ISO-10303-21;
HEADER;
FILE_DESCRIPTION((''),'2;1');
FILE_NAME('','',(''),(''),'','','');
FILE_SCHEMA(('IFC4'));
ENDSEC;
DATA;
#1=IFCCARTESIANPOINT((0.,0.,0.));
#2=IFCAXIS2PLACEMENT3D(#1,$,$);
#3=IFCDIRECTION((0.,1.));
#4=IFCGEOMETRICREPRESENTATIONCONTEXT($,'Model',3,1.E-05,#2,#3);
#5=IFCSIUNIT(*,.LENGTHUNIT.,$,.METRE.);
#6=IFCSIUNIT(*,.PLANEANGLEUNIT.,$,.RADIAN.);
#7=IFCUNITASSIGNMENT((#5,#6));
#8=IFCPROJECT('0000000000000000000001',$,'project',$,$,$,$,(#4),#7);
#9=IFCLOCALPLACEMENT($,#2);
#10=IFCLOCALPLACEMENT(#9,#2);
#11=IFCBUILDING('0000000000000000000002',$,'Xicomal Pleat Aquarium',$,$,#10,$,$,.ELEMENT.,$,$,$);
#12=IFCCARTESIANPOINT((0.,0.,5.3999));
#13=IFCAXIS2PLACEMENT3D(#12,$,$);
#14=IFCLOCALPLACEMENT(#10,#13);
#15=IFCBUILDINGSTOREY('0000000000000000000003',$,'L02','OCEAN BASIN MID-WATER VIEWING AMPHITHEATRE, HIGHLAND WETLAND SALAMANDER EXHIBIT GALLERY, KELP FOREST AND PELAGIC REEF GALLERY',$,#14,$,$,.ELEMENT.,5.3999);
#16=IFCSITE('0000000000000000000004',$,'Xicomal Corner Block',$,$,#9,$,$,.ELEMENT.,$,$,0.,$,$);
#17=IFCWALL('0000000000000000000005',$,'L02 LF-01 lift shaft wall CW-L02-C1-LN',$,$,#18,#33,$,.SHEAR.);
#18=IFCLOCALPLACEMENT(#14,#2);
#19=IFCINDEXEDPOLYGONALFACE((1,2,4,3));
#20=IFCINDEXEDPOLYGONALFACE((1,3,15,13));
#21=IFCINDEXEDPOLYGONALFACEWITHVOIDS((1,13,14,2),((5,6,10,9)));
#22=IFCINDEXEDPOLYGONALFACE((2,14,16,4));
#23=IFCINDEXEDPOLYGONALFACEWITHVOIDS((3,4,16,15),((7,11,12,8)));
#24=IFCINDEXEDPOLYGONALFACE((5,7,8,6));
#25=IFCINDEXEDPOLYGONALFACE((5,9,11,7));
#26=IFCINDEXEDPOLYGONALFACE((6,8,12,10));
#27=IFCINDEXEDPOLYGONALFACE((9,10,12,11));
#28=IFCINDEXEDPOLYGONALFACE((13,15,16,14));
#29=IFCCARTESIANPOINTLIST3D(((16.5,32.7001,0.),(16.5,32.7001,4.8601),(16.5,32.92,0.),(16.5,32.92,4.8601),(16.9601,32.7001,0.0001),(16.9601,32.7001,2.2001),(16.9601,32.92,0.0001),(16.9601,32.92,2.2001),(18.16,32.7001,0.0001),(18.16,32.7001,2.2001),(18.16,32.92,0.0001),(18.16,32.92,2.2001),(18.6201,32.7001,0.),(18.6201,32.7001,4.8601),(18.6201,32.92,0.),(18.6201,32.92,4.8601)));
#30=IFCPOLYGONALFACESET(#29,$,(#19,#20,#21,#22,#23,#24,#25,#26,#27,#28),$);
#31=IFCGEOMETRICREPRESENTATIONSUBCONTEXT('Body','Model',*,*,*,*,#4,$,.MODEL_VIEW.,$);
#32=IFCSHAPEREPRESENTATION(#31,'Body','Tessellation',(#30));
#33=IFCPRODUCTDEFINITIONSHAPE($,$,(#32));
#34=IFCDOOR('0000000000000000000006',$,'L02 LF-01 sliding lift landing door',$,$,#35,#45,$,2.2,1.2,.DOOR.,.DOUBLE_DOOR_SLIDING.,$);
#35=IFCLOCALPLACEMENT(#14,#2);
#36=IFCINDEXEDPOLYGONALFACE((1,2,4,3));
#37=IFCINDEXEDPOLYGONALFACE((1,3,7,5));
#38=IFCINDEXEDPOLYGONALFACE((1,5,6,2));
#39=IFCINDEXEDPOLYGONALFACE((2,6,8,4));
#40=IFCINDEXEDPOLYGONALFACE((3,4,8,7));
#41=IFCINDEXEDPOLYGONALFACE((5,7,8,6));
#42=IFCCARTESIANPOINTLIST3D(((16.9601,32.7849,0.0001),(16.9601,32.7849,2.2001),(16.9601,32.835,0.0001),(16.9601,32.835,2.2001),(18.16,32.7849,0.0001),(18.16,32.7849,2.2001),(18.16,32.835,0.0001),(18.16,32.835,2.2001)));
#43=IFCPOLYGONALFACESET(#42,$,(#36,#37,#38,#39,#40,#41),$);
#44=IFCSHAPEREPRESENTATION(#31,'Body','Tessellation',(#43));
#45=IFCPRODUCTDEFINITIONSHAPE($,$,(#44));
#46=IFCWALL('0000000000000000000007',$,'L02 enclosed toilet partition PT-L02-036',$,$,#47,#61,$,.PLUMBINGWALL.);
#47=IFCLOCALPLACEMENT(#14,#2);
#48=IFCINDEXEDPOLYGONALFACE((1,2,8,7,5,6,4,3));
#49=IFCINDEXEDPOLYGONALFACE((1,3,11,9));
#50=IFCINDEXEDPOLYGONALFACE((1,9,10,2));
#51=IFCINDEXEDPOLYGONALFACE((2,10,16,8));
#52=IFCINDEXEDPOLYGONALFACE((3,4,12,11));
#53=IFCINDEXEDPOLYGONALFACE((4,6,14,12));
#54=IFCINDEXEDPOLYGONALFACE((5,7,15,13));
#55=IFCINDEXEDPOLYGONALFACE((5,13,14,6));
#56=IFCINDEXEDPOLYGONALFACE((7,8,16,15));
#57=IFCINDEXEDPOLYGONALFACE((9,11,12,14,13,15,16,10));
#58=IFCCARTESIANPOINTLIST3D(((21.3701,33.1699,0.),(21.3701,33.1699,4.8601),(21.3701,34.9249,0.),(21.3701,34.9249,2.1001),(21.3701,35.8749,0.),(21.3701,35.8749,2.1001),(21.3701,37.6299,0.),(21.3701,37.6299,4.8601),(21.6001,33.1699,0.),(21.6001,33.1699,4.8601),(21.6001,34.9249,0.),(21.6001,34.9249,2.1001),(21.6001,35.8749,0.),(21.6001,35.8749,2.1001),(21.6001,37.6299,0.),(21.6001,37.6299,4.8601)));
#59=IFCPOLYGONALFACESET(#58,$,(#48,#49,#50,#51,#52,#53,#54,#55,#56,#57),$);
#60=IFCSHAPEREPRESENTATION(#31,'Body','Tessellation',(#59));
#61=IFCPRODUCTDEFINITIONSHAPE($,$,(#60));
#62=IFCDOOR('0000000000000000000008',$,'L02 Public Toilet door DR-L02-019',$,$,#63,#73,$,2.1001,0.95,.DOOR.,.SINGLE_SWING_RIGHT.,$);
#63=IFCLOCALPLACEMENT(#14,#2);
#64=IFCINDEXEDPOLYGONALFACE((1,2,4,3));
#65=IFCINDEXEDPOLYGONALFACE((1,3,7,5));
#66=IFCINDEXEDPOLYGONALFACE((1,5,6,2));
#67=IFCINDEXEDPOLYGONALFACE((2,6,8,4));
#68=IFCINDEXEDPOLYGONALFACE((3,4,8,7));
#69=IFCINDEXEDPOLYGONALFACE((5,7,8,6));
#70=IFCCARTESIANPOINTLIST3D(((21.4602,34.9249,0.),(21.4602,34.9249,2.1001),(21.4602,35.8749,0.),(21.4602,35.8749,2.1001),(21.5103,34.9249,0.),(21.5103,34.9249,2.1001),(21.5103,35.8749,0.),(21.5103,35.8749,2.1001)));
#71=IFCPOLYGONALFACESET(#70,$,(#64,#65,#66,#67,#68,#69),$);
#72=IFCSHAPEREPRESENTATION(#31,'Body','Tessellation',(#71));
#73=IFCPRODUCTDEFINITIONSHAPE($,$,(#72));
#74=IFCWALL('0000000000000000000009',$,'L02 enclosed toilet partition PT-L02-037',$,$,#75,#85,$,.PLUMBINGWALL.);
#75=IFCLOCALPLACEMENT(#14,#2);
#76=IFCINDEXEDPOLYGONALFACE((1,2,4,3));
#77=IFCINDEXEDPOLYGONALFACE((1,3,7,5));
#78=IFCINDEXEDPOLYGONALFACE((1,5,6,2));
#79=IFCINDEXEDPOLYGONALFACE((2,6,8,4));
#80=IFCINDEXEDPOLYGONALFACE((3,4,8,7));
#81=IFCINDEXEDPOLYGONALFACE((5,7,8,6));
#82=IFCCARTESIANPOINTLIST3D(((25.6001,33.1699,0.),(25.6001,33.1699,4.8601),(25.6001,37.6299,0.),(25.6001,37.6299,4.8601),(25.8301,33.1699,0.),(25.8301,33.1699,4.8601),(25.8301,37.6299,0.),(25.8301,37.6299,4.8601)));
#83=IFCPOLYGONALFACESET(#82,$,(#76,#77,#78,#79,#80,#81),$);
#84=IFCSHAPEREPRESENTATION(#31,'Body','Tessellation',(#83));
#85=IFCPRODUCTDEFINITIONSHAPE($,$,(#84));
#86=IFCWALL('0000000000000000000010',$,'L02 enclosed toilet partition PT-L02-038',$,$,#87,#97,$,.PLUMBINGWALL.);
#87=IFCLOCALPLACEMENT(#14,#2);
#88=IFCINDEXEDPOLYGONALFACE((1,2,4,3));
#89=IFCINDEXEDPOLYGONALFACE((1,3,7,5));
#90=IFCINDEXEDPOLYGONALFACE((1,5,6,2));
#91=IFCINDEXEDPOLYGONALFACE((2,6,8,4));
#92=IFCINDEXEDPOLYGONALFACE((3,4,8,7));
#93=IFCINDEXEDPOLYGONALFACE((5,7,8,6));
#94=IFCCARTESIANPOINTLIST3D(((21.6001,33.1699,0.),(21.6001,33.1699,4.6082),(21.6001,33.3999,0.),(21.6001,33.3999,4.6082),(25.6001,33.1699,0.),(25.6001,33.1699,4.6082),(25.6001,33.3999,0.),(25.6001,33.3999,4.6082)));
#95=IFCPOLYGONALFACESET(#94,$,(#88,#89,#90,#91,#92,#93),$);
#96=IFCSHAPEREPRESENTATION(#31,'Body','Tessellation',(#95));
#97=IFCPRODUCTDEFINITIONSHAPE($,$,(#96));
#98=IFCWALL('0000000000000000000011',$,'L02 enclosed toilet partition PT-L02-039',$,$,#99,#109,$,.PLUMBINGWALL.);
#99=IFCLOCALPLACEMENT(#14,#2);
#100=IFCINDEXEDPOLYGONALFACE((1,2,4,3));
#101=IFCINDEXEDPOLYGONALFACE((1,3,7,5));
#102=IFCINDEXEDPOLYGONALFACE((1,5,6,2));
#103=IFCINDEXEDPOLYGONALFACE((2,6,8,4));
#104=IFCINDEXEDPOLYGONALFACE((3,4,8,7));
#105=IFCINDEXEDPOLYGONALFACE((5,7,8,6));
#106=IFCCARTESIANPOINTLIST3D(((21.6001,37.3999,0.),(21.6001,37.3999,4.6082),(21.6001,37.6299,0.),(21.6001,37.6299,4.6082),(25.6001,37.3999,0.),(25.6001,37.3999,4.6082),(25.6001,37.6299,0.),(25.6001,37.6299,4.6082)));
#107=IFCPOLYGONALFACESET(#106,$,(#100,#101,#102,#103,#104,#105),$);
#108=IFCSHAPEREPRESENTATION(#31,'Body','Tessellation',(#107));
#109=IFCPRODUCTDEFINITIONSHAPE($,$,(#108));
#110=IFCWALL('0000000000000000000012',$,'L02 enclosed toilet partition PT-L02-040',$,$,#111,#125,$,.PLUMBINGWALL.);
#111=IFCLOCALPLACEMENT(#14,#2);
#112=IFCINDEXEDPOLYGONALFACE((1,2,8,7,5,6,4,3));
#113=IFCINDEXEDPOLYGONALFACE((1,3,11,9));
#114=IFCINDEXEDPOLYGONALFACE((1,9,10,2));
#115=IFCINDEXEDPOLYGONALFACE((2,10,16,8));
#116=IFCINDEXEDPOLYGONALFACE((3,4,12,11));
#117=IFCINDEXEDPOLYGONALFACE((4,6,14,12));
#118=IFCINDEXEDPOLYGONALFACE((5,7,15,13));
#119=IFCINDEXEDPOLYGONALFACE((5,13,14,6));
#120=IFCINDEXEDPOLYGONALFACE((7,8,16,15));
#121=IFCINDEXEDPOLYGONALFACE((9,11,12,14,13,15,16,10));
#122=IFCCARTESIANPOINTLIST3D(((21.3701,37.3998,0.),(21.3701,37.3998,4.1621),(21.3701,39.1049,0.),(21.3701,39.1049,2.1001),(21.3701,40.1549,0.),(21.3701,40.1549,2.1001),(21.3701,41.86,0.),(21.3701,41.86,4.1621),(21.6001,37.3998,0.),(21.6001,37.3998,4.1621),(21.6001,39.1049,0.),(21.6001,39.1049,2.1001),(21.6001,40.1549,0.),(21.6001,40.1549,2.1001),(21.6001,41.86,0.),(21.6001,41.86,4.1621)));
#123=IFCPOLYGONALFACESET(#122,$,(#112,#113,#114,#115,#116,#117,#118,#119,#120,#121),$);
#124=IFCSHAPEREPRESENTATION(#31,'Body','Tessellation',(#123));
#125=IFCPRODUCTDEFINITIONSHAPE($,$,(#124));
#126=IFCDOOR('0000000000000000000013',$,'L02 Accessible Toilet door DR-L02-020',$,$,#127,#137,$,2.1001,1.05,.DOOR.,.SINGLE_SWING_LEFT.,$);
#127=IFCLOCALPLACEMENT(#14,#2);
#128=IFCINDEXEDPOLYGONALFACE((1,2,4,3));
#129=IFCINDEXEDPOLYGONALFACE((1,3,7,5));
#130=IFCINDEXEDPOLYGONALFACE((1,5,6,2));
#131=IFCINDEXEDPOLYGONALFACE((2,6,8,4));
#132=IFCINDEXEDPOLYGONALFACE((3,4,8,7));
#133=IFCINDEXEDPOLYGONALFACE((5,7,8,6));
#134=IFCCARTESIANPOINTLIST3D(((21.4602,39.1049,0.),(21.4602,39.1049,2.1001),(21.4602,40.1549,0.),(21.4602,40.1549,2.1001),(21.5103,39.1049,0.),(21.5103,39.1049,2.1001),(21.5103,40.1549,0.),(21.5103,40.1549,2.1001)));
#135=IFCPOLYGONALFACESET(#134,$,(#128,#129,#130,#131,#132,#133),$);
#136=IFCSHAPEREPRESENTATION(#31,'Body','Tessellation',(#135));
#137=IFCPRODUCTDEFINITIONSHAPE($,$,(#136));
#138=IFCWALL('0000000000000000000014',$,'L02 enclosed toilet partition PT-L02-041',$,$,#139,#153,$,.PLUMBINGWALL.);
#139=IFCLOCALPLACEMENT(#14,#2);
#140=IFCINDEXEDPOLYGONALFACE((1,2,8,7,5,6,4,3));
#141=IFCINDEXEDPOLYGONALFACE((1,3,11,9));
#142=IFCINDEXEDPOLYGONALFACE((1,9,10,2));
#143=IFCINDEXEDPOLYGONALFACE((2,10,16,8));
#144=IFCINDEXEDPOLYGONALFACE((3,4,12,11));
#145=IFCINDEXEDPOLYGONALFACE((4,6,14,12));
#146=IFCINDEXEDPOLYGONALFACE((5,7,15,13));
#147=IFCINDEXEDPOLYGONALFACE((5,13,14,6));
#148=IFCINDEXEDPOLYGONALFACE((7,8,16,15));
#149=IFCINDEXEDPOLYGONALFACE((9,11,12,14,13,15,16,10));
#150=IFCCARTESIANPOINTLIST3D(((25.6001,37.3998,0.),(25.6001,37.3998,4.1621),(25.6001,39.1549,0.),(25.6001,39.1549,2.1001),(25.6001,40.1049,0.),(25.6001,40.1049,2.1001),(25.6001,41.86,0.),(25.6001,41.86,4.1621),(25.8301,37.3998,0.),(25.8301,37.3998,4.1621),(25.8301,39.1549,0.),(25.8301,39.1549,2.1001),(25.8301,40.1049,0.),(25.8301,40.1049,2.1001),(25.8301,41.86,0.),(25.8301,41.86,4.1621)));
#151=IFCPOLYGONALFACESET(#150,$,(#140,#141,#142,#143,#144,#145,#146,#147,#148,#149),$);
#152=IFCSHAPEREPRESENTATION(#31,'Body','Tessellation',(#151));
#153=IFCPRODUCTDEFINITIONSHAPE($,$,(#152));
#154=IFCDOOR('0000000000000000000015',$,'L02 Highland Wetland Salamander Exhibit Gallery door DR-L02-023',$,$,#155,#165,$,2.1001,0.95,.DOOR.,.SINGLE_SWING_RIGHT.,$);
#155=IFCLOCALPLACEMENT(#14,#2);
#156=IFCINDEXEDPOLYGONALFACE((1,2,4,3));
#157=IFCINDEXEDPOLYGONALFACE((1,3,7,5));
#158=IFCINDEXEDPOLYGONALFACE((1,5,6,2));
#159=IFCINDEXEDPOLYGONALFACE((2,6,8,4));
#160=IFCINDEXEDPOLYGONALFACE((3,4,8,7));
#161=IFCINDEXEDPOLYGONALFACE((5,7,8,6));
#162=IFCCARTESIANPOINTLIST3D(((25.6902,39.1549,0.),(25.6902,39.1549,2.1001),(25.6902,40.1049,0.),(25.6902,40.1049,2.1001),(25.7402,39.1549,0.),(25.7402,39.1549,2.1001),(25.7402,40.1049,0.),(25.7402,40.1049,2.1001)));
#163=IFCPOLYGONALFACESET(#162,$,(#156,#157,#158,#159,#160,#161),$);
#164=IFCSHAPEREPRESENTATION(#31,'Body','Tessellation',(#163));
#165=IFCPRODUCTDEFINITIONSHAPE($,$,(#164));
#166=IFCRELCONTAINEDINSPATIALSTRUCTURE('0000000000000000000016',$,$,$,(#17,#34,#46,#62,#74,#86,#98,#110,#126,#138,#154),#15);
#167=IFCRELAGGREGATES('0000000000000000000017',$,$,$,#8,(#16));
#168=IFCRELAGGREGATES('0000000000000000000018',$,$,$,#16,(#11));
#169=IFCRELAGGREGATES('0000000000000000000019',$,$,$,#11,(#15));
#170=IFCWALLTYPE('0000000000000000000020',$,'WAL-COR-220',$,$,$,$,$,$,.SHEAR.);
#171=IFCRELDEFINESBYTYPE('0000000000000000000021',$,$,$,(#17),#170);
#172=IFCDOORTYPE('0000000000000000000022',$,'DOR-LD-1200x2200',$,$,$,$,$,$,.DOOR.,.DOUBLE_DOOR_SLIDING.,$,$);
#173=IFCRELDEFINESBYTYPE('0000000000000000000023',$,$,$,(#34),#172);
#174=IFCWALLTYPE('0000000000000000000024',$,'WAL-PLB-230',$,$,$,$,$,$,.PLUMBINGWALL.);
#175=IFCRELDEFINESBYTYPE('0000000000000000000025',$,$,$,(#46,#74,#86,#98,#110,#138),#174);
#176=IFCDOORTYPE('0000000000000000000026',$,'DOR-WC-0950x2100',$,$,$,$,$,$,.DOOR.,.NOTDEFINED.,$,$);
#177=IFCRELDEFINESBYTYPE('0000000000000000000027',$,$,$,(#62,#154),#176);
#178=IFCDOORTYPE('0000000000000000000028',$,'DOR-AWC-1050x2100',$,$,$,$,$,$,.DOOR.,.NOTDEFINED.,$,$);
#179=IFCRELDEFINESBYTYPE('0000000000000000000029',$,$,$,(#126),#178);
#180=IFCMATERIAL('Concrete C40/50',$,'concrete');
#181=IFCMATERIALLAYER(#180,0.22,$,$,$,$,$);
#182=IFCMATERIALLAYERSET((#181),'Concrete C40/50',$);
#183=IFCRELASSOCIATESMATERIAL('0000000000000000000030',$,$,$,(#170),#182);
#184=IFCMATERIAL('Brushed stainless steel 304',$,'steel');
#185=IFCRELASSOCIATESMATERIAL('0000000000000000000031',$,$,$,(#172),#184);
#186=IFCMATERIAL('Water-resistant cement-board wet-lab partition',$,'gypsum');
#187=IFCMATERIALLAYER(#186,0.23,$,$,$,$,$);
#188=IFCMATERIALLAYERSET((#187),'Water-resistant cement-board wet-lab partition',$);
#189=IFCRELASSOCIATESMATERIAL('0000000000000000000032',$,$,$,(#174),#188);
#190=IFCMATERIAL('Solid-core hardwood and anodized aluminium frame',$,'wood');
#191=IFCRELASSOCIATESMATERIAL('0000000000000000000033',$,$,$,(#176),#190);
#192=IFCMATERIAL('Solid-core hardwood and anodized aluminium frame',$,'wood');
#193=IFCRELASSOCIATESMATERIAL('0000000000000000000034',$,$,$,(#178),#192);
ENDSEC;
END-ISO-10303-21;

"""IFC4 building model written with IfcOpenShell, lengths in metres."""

from ifc_helpers import new_model, si_unit, direction, frame, frame_2d, origin, place, context, subcontext, project, spatial, rectangle, extrude, material, layer, layer_set, type_object, element, fill, save


model = new_model("IFC4")

# Units and contexts
model_context = context("Model", 3, precision=1e-05, world=origin(), true_north=direction((0.0, 1.0)))
body_context = subcontext(model_context, "Body", "Model", "MODEL_VIEW")
ifc_project = project(units=[si_unit("LENGTHUNIT", "METRE"), si_unit("PLANEANGLEUNIT", "RADIAN")], contexts=[model_context])

# Site, building, storey
site_placement = place(None, origin())
site = spatial("IfcSite", under=ifc_project, at=site_placement, Name="Xicomal Corner Block", CompositionType="ELEMENT", RefElevation=0.0)
building_placement = place(site_placement, origin())
building = spatial("IfcBuilding", under=site, at=building_placement, Name="Xicomal Pleat Aquarium", CompositionType="ELEMENT")
storey_placement = place(building_placement, frame((0.0, 0.0, 5.3999)))
storey = spatial("IfcBuildingStorey", under=building, at=storey_placement, Name="L02", Description="OCEAN BASIN MID-WATER VIEWING AMPHITHEATRE, HIGHLAND WETLAND SALAMANDER EXHIBIT GALLERY, KELP FOREST AND PELAGIC REEF GALLERY", CompositionType="ELEMENT", Elevation=5.3999)

# Walls, openings, doors
ifc_material_1 = material(Name="Concrete C40/50", Category="concrete")
ifc_layer_1 = layer(ifc_material_1, 0.22)
ifc_layer_set_1 = layer_set([ifc_layer_1], Name="Concrete C40/50")
wall_type_1 = type_object("IfcWallType", Name="WAL-COR-220", PredefinedType="SHEAR", material=ifc_layer_set_1)
wall_1_placement = place(storey_placement, frame((16.5, 32.8101, 0.0), z_axis=(0.0, 0.0, 1.0), x_axis=(1.0, 0.0, 0.0)))
wall_1 = element("IfcWall", 1, at=wall_1_placement, inside=storey, type_object=wall_type_1, Name="L02 LF-01 lift shaft wall CW-L02-C1-LN", PredefinedType="SHEAR", context=body_context, shape_type="SweptSolid", body=[
    extrude(rectangle(XDim=2.1201, YDim=0.22, at=frame_2d((1.0601, 0.0))), origin(), (0.0, 0.0, 1.0), 4.8601),
])
opening_1_placement = place(wall_1_placement, frame((0.46, 0.0, 0.0)))
opening_1 = element("IfcOpeningElement", 2, at=opening_1_placement, cuts=wall_1, PredefinedType="OPENING", context=body_context, shape_type="SweptSolid", body=[
    extrude(rectangle(XDim=1.2, YDim=2.2, at=frame_2d((0.6001, 1.1001))), frame((0.0, 0.1199, 0.0), z_axis=(0.0, -1.0, 0.0), x_axis=(1.0, 0.0, 0.0)), (0.0, 0.0, 1.0), 0.24),
])
ifc_material_2 = material(Name="Brushed stainless steel 304", Category="steel")
door_type_1 = type_object("IfcDoorType", Name="DOR-LD-1200x2200", OperationType="DOUBLE_DOOR_SLIDING", PredefinedType="DOOR", material=ifc_material_2)
door_1_placement = place(opening_1_placement, origin())
door_1 = element("IfcDoor", 3, at=door_1_placement, inside=storey, type_object=door_type_1, Name="L02 LF-01 sliding lift landing door", OperationType="DOUBLE_DOOR_SLIDING", OverallHeight=2.2, OverallWidth=1.2, PredefinedType="DOOR", context=body_context, shape_type="SweptSolid", body=[
    extrude(rectangle(XDim=1.2, YDim=2.2, at=frame_2d((0.6001, 1.1001))), frame((0.0, 0.0249, 0.0), z_axis=(0.0, -1.0, 0.0), x_axis=(1.0, 0.0, 0.0)), (0.0, 0.0, 1.0), 0.05),
])
fill(opening_1, door_1)
ifc_material_3 = material(Name="Water-resistant cement-board wet-lab partition", Category="gypsum")
ifc_layer_2 = layer(ifc_material_3, 0.23)
ifc_layer_set_2 = layer_set([ifc_layer_2], Name="Water-resistant cement-board wet-lab partition")
wall_type_2 = type_object("IfcWallType", Name="WAL-PLB-230", PredefinedType="PLUMBINGWALL", material=ifc_layer_set_2)
wall_2_placement = place(storey_placement, frame((21.4851, 33.1699, 0.0), z_axis=(0.0, 0.0, 1.0), x_axis=(0.0, 1.0, 0.0)))
wall_2 = element("IfcWall", 4, at=wall_2_placement, inside=storey, type_object=wall_type_2, Name="L02 enclosed toilet partition PT-L02-036", PredefinedType="PLUMBINGWALL", context=body_context, shape_type="SweptSolid", body=[
    extrude(rectangle(XDim=4.46, YDim=0.23, at=frame_2d((2.23, 0.0))), origin(), (0.0, 0.0, 1.0), 4.8601),
])
opening_2_placement = place(wall_2_placement, frame((1.7549, 0.0, 0.0)))
opening_2 = element("IfcOpeningElement", 5, at=opening_2_placement, cuts=wall_2, PredefinedType="OPENING", context=body_context, shape_type="SweptSolid", body=[
    extrude(rectangle(XDim=0.95, YDim=2.1001, at=frame_2d((0.4751, 1.05))), frame((0.0, 0.125, 0.0), z_axis=(0.0, -1.0, 0.0), x_axis=(1.0, 0.0, 0.0)), (0.0, 0.0, 1.0), 0.25),
])
ifc_material_4 = material(Name="Solid-core hardwood and anodized aluminium frame", Category="wood")
door_type_2 = type_object("IfcDoorType", Name="DOR-WC-0950x2100", OperationType="NOTDEFINED", PredefinedType="DOOR", material=ifc_material_4)
door_2_placement = place(opening_2_placement, origin())
door_2 = element("IfcDoor", 6, at=door_2_placement, inside=storey, type_object=door_type_2, Name="L02 Public Toilet door DR-L02-019", OperationType="SINGLE_SWING_RIGHT", OverallHeight=2.1001, OverallWidth=0.95, PredefinedType="DOOR", context=body_context, shape_type="SweptSolid", body=[
    extrude(rectangle(XDim=0.95, YDim=2.1001, at=frame_2d((0.4751, 1.05))), frame((0.0, 0.0249, 0.0), z_axis=(0.0, -1.0, 0.0), x_axis=(1.0, 0.0, 0.0)), (0.0, 0.0, 1.0), 0.05),
])
fill(opening_2, door_2)

# Walls
wall_3_placement = place(storey_placement, frame((25.7151, 33.1699, 0.0), z_axis=(0.0, 0.0, 1.0), x_axis=(0.0, 1.0, 0.0)))
element("IfcWall", 7, at=wall_3_placement, inside=storey, type_object=wall_type_2, Name="L02 enclosed toilet partition PT-L02-037", PredefinedType="PLUMBINGWALL", context=body_context, shape_type="SweptSolid", body=[
    extrude(rectangle(XDim=4.46, YDim=0.23, at=frame_2d((2.23, 0.0))), origin(), (0.0, 0.0, 1.0), 4.8601),
])
for number, where, z_axis, x_axis, name in (
    (8, (21.6001, 33.2849, 0.0), (0.0, 0.0, 1.0), (1.0, 0.0, 0.0), "L02 enclosed toilet partition PT-L02-038"),
    (9, (21.6001, 37.5149, 0.0), (0.0, 0.0, 1.0), (1.0, 0.0, 0.0), "L02 enclosed toilet partition PT-L02-039"),
):
    element("IfcWall", number, at=place(storey_placement, frame(where, z_axis=z_axis, x_axis=x_axis)), inside=storey, type_object=wall_type_2, Name=name, PredefinedType="PLUMBINGWALL", context=body_context, shape_type="SweptSolid", body=[
        extrude(rectangle(XDim=4.0, YDim=0.23, at=frame_2d((2.0, 0.0))), origin(), (0.0, 0.0, 1.0), 4.6082),
    ])

# Walls, openings, doors
wall_4_placement = place(storey_placement, frame((21.4851, 37.3999, 0.0), z_axis=(0.0, 0.0, 1.0), x_axis=(0.0, 1.0, 0.0)))
wall_4 = element("IfcWall", 10, at=wall_4_placement, inside=storey, type_object=wall_type_2, Name="L02 enclosed toilet partition PT-L02-040", PredefinedType="PLUMBINGWALL", context=body_context, shape_type="SweptSolid", body=[
    extrude(rectangle(XDim=4.4602, YDim=0.23, at=frame_2d((2.23, 0.0))), origin(), (0.0, 0.0, 1.0), 4.1621),
])
opening_3_placement = place(wall_4_placement, frame((1.7051, 0.0, 0.0)))
opening_3 = element("IfcOpeningElement", 11, at=opening_3_placement, cuts=wall_4, PredefinedType="OPENING", context=body_context, shape_type="SweptSolid", body=[
    extrude(rectangle(XDim=1.05, YDim=2.1001, at=frame_2d((0.5249, 1.05))), frame((0.0, 0.125, 0.0), z_axis=(0.0, -1.0, 0.0), x_axis=(1.0, 0.0, 0.0)), (0.0, 0.0, 1.0), 0.25),
])
ifc_material_5 = material(Name="Solid-core hardwood and anodized aluminium frame", Category="wood")
door_type_3 = type_object("IfcDoorType", Name="DOR-AWC-1050x2100", OperationType="NOTDEFINED", PredefinedType="DOOR", material=ifc_material_5)
door_3_placement = place(opening_3_placement, origin())
door_3 = element("IfcDoor", 12, at=door_3_placement, inside=storey, type_object=door_type_3, Name="L02 Accessible Toilet door DR-L02-020", OperationType="SINGLE_SWING_LEFT", OverallHeight=2.1001, OverallWidth=1.05, PredefinedType="DOOR", context=body_context, shape_type="SweptSolid", body=[
    extrude(rectangle(XDim=1.05, YDim=2.1001, at=frame_2d((0.5249, 1.05))), frame((0.0, 0.0249, 0.0), z_axis=(0.0, -1.0, 0.0), x_axis=(1.0, 0.0, 0.0)), (0.0, 0.0, 1.0), 0.05),
])
fill(opening_3, door_3)
wall_5_placement = place(storey_placement, frame((25.7151, 37.3999, 0.0), z_axis=(0.0, 0.0, 1.0), x_axis=(0.0, 1.0, 0.0)))
wall_5 = element("IfcWall", 13, at=wall_5_placement, inside=storey, type_object=wall_type_2, Name="L02 enclosed toilet partition PT-L02-041", PredefinedType="PLUMBINGWALL", context=body_context, shape_type="SweptSolid", body=[
    extrude(rectangle(XDim=4.4602, YDim=0.23, at=frame_2d((2.23, 0.0))), origin(), (0.0, 0.0, 1.0), 4.1621),
])
opening_4_placement = place(wall_5_placement, frame((1.7549, 0.0, 0.0)))
opening_4 = element("IfcOpeningElement", 14, at=opening_4_placement, cuts=wall_5, PredefinedType="OPENING", context=body_context, shape_type="SweptSolid", body=[
    extrude(rectangle(XDim=0.95, YDim=2.1001, at=frame_2d((0.4751, 1.05))), frame((0.0, 0.125, 0.0), z_axis=(0.0, -1.0, 0.0), x_axis=(1.0, 0.0, 0.0)), (0.0, 0.0, 1.0), 0.25),
])
door_4_placement = place(opening_4_placement, origin())
door_4 = element("IfcDoor", 15, at=door_4_placement, inside=storey, type_object=door_type_2, Name="L02 Highland Wetland Salamander Exhibit Gallery door DR-L02-023", OperationType="SINGLE_SWING_RIGHT", OverallHeight=2.1001, OverallWidth=0.95, PredefinedType="DOOR", context=body_context, shape_type="SweptSolid", body=[
    extrude(rectangle(XDim=0.95, YDim=2.1001, at=frame_2d((0.4751, 1.05))), frame((0.0, 0.0249, 0.0), z_axis=(0.0, -1.0, 0.0), x_axis=(1.0, 0.0, 0.0)), (0.0, 0.0, 1.0), 0.05),
])
fill(opening_4, door_4)

save(model, "model.ifc")
